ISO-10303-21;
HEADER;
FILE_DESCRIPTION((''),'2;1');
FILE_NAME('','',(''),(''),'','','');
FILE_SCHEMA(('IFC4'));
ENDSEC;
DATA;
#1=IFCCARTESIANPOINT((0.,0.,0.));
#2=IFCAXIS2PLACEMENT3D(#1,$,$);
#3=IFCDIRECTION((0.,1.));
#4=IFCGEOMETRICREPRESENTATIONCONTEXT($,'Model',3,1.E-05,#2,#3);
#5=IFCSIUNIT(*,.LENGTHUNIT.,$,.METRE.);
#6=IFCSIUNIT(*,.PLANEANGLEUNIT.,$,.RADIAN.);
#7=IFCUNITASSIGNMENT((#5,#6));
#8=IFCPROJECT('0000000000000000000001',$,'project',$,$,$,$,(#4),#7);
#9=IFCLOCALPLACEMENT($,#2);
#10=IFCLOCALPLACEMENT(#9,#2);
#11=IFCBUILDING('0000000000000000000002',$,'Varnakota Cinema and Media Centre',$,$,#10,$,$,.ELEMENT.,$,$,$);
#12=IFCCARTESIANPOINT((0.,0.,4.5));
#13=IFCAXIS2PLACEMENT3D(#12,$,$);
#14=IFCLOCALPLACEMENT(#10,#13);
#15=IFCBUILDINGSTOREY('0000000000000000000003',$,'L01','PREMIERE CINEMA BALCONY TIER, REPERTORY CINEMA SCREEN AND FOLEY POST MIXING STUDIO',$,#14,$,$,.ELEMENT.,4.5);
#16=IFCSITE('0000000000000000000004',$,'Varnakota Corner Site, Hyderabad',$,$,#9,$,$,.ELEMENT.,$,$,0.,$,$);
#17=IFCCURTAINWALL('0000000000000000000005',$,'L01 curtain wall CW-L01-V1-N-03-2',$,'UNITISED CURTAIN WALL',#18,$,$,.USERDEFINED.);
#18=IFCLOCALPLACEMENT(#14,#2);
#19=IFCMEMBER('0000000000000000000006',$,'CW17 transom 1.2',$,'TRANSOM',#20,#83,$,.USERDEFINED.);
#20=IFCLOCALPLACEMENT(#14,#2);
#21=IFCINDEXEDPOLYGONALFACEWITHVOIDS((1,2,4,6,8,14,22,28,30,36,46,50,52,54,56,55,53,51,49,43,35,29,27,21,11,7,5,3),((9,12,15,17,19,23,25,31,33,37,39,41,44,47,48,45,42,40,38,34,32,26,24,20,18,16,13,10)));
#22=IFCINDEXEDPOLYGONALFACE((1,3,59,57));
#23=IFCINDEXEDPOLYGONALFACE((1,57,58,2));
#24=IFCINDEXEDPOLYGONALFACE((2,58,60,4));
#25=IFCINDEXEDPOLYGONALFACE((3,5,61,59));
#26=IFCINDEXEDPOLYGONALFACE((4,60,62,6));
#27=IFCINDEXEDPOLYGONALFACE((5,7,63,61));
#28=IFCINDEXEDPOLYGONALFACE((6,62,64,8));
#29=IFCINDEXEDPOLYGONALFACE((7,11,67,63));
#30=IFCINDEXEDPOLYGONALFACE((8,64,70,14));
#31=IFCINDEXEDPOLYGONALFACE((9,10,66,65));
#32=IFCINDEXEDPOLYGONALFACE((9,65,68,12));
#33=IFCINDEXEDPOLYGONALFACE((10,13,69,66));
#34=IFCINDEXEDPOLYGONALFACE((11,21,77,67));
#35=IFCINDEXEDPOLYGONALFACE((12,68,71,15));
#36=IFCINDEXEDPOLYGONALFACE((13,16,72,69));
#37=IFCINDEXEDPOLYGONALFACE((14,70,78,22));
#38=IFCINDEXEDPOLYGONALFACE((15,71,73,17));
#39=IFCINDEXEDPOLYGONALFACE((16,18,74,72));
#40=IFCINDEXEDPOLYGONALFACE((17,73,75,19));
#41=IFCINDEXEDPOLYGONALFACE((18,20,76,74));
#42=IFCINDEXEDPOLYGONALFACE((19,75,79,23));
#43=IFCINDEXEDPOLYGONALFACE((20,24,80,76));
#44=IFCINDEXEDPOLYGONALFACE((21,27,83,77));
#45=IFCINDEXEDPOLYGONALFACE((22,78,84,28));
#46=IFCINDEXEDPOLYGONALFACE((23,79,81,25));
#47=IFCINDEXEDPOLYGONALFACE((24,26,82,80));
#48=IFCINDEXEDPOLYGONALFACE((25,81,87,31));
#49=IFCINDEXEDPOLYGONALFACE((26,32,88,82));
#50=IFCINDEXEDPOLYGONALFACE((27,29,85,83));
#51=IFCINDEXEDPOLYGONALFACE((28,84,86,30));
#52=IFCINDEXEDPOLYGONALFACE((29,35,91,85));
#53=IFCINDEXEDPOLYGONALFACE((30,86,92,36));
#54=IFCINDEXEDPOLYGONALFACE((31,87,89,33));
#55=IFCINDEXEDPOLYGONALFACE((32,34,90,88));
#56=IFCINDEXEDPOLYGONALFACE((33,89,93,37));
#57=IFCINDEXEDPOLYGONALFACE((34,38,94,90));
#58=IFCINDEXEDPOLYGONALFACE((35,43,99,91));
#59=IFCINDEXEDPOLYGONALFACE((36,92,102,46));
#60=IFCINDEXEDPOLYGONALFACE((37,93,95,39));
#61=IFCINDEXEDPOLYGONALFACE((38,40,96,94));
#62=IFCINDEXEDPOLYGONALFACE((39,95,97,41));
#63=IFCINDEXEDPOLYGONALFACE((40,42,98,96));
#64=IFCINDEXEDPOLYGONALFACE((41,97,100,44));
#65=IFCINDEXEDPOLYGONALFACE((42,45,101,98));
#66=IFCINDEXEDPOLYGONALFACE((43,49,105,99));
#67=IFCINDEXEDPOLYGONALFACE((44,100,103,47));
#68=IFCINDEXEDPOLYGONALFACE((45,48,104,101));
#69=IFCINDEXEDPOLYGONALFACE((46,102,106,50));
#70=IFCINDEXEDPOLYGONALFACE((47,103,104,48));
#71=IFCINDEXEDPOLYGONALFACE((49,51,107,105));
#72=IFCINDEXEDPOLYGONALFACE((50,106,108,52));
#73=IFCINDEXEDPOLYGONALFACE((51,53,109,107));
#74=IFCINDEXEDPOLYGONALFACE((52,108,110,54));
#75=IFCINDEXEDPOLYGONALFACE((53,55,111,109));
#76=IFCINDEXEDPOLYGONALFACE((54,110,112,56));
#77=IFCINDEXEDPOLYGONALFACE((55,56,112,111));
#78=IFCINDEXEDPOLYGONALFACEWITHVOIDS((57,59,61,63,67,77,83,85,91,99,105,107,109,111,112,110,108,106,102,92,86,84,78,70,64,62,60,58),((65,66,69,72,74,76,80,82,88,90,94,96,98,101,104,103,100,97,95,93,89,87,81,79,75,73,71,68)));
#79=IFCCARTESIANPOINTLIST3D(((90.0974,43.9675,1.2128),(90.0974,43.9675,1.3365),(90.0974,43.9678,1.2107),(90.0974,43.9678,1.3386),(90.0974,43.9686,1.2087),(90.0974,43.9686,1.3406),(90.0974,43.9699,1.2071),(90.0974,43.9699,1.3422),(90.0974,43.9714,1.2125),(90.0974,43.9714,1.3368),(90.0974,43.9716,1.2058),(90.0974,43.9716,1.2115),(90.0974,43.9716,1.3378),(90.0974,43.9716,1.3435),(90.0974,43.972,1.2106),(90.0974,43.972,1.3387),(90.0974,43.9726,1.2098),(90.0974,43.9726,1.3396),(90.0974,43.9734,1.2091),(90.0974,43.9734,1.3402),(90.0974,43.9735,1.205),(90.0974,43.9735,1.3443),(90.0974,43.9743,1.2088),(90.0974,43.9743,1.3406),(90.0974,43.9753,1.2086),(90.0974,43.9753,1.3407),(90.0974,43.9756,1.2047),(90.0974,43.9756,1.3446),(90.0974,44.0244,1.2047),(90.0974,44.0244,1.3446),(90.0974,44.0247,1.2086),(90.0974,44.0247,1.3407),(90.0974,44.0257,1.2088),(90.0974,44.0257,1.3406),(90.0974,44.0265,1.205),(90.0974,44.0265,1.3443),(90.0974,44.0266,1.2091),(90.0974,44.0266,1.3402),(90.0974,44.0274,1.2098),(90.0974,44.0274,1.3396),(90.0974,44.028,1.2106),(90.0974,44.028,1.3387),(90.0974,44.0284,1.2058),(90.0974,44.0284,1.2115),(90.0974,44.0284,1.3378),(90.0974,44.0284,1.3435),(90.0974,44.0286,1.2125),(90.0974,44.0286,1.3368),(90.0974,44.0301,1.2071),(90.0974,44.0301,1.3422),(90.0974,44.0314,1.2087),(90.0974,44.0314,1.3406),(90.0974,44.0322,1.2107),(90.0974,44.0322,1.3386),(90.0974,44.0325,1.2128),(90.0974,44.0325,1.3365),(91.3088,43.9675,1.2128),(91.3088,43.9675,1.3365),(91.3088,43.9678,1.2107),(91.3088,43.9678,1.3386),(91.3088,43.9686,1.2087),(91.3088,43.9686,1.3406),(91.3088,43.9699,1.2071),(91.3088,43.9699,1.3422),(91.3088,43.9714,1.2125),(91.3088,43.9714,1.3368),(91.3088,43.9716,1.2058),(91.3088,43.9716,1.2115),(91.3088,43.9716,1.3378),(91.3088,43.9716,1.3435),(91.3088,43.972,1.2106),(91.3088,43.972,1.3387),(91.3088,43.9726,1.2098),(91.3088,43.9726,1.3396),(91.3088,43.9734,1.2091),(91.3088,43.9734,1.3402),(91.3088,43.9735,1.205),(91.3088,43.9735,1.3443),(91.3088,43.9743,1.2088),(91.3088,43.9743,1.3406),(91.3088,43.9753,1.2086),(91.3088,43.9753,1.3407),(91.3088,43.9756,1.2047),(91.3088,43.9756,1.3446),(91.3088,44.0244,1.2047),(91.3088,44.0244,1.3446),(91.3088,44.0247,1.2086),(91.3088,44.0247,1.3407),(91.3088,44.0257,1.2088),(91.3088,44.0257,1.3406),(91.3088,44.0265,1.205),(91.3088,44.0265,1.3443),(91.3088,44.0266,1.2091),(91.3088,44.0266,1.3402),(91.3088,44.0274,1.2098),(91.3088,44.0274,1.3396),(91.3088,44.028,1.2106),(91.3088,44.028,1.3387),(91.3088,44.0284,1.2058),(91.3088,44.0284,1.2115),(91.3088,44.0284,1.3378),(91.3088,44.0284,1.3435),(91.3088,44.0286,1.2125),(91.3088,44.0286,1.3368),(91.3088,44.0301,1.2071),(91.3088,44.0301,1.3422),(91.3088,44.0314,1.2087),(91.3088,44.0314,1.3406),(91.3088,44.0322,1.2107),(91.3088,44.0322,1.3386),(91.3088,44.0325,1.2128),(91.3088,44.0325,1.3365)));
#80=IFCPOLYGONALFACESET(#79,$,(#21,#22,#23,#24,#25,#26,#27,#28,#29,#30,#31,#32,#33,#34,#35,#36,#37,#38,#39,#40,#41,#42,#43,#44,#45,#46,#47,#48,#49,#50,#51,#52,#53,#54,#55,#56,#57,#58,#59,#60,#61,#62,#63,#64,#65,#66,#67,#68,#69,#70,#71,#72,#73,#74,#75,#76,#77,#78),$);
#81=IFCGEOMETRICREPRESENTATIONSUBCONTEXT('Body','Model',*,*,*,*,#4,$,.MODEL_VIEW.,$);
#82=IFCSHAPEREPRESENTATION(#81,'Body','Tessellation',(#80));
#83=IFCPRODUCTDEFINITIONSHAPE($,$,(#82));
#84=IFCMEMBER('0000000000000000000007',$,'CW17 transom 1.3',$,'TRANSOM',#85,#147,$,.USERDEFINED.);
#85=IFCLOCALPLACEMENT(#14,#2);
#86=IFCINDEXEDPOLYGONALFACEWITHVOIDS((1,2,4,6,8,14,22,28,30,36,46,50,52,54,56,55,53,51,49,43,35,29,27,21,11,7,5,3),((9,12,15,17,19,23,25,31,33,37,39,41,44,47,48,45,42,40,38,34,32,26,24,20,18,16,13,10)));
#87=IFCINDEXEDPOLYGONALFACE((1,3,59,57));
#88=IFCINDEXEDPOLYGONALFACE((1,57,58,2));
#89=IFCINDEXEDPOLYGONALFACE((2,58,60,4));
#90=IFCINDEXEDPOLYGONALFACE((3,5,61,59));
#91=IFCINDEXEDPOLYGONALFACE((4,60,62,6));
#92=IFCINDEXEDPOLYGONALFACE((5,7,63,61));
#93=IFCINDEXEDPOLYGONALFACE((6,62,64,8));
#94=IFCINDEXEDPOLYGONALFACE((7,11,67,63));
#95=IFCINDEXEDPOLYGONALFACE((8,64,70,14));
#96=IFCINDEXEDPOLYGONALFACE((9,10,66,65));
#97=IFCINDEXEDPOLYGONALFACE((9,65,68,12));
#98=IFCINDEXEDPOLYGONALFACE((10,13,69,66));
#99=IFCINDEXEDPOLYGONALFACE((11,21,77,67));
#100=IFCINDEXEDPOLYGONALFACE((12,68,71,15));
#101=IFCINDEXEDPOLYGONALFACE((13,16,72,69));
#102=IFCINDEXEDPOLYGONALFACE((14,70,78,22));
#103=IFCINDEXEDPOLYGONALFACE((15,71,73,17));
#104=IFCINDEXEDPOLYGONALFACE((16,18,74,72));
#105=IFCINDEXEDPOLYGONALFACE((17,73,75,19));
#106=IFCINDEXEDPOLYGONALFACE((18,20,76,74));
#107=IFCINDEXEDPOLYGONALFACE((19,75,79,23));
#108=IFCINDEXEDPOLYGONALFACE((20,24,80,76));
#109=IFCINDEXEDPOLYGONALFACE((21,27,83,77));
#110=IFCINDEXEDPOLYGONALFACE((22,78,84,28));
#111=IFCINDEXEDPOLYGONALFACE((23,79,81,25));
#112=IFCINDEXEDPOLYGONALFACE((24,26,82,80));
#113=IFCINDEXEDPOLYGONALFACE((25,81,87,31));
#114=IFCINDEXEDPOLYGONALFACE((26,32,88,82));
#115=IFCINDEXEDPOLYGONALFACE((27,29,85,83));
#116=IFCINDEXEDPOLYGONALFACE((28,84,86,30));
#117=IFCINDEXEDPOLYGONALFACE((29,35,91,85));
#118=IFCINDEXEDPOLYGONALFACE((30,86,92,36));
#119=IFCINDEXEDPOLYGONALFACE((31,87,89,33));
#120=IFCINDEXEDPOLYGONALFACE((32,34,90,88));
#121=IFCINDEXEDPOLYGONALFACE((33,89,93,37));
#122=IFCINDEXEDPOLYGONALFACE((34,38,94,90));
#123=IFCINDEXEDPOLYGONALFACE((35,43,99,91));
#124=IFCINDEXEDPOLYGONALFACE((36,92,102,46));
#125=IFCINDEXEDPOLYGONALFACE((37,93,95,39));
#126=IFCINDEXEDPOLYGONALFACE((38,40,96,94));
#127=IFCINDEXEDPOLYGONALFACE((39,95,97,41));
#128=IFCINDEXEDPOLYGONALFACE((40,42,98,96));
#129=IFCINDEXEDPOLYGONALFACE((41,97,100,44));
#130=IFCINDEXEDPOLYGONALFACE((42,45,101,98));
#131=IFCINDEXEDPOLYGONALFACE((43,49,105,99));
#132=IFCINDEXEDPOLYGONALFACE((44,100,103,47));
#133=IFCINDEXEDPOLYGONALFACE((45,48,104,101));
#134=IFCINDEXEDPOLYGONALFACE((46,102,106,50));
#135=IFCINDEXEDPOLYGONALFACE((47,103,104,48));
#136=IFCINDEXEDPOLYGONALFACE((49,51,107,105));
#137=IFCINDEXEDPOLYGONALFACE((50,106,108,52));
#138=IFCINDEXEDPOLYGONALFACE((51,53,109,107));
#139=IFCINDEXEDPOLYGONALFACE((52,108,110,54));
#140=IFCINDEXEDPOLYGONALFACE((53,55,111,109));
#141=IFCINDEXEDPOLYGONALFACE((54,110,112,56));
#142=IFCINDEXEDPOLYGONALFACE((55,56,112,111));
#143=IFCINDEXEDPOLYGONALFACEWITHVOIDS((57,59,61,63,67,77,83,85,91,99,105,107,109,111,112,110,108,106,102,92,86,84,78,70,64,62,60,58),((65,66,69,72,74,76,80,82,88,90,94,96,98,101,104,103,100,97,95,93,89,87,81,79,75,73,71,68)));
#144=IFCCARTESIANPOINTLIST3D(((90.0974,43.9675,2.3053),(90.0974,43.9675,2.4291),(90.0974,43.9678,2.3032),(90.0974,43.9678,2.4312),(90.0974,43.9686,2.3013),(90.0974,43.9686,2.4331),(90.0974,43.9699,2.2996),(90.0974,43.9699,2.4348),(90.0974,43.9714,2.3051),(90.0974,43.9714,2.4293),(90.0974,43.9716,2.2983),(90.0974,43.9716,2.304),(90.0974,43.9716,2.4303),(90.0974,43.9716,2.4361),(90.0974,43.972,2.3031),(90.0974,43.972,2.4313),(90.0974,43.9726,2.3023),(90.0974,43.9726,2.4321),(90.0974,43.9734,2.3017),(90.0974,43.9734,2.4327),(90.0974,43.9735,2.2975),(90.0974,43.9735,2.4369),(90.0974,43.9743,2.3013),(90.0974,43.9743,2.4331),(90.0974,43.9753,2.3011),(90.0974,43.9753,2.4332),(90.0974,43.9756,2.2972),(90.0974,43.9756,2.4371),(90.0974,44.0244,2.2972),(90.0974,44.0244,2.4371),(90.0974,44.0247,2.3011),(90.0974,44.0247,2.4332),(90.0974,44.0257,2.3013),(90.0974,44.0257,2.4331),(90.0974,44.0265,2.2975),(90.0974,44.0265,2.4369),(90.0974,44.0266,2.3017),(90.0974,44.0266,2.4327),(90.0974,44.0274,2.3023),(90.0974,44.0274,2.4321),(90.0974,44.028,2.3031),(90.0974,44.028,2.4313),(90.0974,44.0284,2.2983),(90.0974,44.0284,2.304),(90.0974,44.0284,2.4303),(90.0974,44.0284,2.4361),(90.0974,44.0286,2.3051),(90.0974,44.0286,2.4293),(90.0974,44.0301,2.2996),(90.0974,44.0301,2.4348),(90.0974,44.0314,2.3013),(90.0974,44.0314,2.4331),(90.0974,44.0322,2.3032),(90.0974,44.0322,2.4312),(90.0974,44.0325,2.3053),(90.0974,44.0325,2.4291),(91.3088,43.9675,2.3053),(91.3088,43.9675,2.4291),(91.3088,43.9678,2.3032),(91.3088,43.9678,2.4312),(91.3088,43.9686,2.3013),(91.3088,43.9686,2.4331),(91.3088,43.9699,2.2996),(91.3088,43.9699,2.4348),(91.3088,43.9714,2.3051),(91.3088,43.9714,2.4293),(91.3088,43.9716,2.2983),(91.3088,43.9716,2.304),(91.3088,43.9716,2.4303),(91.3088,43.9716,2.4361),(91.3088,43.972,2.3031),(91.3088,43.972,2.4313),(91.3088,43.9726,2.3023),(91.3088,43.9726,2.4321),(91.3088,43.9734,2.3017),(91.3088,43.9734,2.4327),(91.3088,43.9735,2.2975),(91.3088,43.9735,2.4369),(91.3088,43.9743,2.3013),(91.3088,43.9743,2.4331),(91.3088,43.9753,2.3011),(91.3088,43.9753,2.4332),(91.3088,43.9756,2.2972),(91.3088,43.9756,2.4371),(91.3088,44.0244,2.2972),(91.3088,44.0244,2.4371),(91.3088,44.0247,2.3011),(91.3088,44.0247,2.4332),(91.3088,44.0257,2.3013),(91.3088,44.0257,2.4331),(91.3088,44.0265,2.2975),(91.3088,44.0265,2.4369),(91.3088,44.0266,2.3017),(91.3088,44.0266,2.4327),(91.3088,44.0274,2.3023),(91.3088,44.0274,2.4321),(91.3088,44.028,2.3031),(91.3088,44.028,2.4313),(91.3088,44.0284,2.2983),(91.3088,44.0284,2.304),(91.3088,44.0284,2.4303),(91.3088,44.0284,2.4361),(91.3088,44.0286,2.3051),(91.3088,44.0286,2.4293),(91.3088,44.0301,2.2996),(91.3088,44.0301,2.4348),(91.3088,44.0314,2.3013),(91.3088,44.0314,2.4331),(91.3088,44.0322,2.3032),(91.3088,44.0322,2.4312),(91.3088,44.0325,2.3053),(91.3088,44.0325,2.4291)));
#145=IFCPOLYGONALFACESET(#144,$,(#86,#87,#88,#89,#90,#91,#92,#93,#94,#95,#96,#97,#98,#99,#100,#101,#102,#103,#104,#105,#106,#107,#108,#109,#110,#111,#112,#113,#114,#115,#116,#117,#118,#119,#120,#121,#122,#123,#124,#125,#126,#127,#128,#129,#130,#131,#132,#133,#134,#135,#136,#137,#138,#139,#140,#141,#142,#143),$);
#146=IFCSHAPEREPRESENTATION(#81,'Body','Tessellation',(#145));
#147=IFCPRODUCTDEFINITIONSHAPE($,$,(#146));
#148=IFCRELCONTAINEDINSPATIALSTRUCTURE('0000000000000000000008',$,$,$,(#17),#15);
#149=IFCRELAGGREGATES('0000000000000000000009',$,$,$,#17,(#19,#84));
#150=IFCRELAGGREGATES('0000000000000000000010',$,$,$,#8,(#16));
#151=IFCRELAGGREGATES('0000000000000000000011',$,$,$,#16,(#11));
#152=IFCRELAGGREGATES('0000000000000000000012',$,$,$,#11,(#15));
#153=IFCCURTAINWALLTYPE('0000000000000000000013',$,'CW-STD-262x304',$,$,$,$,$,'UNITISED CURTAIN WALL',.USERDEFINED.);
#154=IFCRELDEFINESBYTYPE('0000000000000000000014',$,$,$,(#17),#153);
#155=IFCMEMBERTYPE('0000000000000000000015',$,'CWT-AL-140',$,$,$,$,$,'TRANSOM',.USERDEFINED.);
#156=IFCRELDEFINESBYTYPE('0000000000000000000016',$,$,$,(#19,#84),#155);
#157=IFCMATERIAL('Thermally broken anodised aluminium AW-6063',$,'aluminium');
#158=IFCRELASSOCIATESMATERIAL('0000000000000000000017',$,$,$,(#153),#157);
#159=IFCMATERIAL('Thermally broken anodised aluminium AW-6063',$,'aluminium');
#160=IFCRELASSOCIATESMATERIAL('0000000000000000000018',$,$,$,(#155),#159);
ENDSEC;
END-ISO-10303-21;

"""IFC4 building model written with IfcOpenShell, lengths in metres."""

from ifc_helpers import new_model, si_unit, direction, frame, origin, origin_2d, place, context, subcontext, project, spatial, hollow_rectangle, extrude, material, material_profile, profile_set, type_object, element, aggregate, save


model = new_model("IFC4")

# Units and contexts
model_context = context("Model", 3, precision=1e-05, world=origin(), true_north=direction((0.0, 1.0)))
body_context = subcontext(model_context, "Body", "Model", "MODEL_VIEW")
ifc_project = project(units=[si_unit("LENGTHUNIT", "METRE"), si_unit("PLANEANGLEUNIT", "RADIAN")], contexts=[model_context])

# Site, building, storey
site_placement = place(None, origin())
site = spatial("IfcSite", under=ifc_project, at=site_placement, Name="Varnakota Corner Site, Hyderabad", CompositionType="ELEMENT", RefElevation=0.0)
building_placement = place(site_placement, origin())
building = spatial("IfcBuilding", under=site, at=building_placement, Name="Varnakota Cinema and Media Centre", CompositionType="ELEMENT")
storey_placement = place(building_placement, frame((0.0, 0.0, 4.5)))
storey = spatial("IfcBuildingStorey", under=building, at=storey_placement, Name="L01", Description="PREMIERE CINEMA BALCONY TIER, REPERTORY CINEMA SCREEN AND FOLEY POST MIXING STUDIO", CompositionType="ELEMENT", Elevation=4.5)

# Shared definitions
ifc_material_1 = material(Name="Thermally broken anodised aluminium AW-6063", Category="aluminium")
curtain_wall_type = type_object("IfcCurtainWallType", Name="CW-STD-262x304", ElementType="UNITISED CURTAIN WALL", PredefinedType="USERDEFINED", material=ifc_material_1)

# Curtain wall
curtain_wall_1_placement = place(storey_placement, origin())
curtain_wall_1 = element("IfcCurtainWall", 1, at=curtain_wall_1_placement, inside=storey, type_object=curtain_wall_type, Name="L01 curtain wall CW-L01-V1-N-03-2", ObjectType="UNITISED CURTAIN WALL", PredefinedType="USERDEFINED")

# Members
ifc_material_2 = material(Name="Thermally broken anodised aluminium AW-6063", Category="aluminium")
ifc_material_profile_1 = material_profile(ifc_material_2, hollow_rectangle(XDim=0.0649, YDim=0.1399, WallThickness=0.0039, InnerFilletRadius=0.0039, OuterFilletRadius=0.0081, at=origin_2d()), Name="AL-TRANSOM 140x65x4")
ifc_profile_set_1 = profile_set([ifc_material_profile_1], Name="Thermally broken anodised aluminium AW-6063")
member_type_1 = type_object("IfcMemberType", Name="CWT-AL-140", ElementType="TRANSOM", PredefinedType="USERDEFINED", material=ifc_profile_set_1)
member_1_placement = place(storey_placement, frame((90.0974, 44.0, 1.2747), z_axis=(1.0, 0.0, 0.0), x_axis=(0.0, 1.0, 0.0)))
member_1 = element("IfcMember", 2, at=member_1_placement, type_object=member_type_1, Name="CW17 transom 1.2", ObjectType="TRANSOM", PredefinedType="USERDEFINED", context=body_context, shape_type="SweptSolid", body=[
    extrude(hollow_rectangle(XDim=0.0649, YDim=0.1399, WallThickness=0.0039, InnerFilletRadius=0.0039, OuterFilletRadius=0.0081, at=origin_2d()), origin(), (0.0, 0.0, 1.0), 1.2114),
])
member_2_placement = place(storey_placement, frame((90.0974, 44.0, 2.3672), z_axis=(1.0, 0.0, 0.0), x_axis=(0.0, 1.0, 0.0)))
member_2 = element("IfcMember", 3, at=member_2_placement, type_object=member_type_1, Name="CW17 transom 1.3", ObjectType="TRANSOM", PredefinedType="USERDEFINED", context=body_context, shape_type="SweptSolid", body=[
    extrude(hollow_rectangle(XDim=0.0649, YDim=0.1399, WallThickness=0.0039, InnerFilletRadius=0.0039, OuterFilletRadius=0.0081, at=origin_2d()), origin(), (0.0, 0.0, 1.0), 1.2114),
])

aggregate(curtain_wall_1, [member_1, member_2])

save(model, "model.ifc")
